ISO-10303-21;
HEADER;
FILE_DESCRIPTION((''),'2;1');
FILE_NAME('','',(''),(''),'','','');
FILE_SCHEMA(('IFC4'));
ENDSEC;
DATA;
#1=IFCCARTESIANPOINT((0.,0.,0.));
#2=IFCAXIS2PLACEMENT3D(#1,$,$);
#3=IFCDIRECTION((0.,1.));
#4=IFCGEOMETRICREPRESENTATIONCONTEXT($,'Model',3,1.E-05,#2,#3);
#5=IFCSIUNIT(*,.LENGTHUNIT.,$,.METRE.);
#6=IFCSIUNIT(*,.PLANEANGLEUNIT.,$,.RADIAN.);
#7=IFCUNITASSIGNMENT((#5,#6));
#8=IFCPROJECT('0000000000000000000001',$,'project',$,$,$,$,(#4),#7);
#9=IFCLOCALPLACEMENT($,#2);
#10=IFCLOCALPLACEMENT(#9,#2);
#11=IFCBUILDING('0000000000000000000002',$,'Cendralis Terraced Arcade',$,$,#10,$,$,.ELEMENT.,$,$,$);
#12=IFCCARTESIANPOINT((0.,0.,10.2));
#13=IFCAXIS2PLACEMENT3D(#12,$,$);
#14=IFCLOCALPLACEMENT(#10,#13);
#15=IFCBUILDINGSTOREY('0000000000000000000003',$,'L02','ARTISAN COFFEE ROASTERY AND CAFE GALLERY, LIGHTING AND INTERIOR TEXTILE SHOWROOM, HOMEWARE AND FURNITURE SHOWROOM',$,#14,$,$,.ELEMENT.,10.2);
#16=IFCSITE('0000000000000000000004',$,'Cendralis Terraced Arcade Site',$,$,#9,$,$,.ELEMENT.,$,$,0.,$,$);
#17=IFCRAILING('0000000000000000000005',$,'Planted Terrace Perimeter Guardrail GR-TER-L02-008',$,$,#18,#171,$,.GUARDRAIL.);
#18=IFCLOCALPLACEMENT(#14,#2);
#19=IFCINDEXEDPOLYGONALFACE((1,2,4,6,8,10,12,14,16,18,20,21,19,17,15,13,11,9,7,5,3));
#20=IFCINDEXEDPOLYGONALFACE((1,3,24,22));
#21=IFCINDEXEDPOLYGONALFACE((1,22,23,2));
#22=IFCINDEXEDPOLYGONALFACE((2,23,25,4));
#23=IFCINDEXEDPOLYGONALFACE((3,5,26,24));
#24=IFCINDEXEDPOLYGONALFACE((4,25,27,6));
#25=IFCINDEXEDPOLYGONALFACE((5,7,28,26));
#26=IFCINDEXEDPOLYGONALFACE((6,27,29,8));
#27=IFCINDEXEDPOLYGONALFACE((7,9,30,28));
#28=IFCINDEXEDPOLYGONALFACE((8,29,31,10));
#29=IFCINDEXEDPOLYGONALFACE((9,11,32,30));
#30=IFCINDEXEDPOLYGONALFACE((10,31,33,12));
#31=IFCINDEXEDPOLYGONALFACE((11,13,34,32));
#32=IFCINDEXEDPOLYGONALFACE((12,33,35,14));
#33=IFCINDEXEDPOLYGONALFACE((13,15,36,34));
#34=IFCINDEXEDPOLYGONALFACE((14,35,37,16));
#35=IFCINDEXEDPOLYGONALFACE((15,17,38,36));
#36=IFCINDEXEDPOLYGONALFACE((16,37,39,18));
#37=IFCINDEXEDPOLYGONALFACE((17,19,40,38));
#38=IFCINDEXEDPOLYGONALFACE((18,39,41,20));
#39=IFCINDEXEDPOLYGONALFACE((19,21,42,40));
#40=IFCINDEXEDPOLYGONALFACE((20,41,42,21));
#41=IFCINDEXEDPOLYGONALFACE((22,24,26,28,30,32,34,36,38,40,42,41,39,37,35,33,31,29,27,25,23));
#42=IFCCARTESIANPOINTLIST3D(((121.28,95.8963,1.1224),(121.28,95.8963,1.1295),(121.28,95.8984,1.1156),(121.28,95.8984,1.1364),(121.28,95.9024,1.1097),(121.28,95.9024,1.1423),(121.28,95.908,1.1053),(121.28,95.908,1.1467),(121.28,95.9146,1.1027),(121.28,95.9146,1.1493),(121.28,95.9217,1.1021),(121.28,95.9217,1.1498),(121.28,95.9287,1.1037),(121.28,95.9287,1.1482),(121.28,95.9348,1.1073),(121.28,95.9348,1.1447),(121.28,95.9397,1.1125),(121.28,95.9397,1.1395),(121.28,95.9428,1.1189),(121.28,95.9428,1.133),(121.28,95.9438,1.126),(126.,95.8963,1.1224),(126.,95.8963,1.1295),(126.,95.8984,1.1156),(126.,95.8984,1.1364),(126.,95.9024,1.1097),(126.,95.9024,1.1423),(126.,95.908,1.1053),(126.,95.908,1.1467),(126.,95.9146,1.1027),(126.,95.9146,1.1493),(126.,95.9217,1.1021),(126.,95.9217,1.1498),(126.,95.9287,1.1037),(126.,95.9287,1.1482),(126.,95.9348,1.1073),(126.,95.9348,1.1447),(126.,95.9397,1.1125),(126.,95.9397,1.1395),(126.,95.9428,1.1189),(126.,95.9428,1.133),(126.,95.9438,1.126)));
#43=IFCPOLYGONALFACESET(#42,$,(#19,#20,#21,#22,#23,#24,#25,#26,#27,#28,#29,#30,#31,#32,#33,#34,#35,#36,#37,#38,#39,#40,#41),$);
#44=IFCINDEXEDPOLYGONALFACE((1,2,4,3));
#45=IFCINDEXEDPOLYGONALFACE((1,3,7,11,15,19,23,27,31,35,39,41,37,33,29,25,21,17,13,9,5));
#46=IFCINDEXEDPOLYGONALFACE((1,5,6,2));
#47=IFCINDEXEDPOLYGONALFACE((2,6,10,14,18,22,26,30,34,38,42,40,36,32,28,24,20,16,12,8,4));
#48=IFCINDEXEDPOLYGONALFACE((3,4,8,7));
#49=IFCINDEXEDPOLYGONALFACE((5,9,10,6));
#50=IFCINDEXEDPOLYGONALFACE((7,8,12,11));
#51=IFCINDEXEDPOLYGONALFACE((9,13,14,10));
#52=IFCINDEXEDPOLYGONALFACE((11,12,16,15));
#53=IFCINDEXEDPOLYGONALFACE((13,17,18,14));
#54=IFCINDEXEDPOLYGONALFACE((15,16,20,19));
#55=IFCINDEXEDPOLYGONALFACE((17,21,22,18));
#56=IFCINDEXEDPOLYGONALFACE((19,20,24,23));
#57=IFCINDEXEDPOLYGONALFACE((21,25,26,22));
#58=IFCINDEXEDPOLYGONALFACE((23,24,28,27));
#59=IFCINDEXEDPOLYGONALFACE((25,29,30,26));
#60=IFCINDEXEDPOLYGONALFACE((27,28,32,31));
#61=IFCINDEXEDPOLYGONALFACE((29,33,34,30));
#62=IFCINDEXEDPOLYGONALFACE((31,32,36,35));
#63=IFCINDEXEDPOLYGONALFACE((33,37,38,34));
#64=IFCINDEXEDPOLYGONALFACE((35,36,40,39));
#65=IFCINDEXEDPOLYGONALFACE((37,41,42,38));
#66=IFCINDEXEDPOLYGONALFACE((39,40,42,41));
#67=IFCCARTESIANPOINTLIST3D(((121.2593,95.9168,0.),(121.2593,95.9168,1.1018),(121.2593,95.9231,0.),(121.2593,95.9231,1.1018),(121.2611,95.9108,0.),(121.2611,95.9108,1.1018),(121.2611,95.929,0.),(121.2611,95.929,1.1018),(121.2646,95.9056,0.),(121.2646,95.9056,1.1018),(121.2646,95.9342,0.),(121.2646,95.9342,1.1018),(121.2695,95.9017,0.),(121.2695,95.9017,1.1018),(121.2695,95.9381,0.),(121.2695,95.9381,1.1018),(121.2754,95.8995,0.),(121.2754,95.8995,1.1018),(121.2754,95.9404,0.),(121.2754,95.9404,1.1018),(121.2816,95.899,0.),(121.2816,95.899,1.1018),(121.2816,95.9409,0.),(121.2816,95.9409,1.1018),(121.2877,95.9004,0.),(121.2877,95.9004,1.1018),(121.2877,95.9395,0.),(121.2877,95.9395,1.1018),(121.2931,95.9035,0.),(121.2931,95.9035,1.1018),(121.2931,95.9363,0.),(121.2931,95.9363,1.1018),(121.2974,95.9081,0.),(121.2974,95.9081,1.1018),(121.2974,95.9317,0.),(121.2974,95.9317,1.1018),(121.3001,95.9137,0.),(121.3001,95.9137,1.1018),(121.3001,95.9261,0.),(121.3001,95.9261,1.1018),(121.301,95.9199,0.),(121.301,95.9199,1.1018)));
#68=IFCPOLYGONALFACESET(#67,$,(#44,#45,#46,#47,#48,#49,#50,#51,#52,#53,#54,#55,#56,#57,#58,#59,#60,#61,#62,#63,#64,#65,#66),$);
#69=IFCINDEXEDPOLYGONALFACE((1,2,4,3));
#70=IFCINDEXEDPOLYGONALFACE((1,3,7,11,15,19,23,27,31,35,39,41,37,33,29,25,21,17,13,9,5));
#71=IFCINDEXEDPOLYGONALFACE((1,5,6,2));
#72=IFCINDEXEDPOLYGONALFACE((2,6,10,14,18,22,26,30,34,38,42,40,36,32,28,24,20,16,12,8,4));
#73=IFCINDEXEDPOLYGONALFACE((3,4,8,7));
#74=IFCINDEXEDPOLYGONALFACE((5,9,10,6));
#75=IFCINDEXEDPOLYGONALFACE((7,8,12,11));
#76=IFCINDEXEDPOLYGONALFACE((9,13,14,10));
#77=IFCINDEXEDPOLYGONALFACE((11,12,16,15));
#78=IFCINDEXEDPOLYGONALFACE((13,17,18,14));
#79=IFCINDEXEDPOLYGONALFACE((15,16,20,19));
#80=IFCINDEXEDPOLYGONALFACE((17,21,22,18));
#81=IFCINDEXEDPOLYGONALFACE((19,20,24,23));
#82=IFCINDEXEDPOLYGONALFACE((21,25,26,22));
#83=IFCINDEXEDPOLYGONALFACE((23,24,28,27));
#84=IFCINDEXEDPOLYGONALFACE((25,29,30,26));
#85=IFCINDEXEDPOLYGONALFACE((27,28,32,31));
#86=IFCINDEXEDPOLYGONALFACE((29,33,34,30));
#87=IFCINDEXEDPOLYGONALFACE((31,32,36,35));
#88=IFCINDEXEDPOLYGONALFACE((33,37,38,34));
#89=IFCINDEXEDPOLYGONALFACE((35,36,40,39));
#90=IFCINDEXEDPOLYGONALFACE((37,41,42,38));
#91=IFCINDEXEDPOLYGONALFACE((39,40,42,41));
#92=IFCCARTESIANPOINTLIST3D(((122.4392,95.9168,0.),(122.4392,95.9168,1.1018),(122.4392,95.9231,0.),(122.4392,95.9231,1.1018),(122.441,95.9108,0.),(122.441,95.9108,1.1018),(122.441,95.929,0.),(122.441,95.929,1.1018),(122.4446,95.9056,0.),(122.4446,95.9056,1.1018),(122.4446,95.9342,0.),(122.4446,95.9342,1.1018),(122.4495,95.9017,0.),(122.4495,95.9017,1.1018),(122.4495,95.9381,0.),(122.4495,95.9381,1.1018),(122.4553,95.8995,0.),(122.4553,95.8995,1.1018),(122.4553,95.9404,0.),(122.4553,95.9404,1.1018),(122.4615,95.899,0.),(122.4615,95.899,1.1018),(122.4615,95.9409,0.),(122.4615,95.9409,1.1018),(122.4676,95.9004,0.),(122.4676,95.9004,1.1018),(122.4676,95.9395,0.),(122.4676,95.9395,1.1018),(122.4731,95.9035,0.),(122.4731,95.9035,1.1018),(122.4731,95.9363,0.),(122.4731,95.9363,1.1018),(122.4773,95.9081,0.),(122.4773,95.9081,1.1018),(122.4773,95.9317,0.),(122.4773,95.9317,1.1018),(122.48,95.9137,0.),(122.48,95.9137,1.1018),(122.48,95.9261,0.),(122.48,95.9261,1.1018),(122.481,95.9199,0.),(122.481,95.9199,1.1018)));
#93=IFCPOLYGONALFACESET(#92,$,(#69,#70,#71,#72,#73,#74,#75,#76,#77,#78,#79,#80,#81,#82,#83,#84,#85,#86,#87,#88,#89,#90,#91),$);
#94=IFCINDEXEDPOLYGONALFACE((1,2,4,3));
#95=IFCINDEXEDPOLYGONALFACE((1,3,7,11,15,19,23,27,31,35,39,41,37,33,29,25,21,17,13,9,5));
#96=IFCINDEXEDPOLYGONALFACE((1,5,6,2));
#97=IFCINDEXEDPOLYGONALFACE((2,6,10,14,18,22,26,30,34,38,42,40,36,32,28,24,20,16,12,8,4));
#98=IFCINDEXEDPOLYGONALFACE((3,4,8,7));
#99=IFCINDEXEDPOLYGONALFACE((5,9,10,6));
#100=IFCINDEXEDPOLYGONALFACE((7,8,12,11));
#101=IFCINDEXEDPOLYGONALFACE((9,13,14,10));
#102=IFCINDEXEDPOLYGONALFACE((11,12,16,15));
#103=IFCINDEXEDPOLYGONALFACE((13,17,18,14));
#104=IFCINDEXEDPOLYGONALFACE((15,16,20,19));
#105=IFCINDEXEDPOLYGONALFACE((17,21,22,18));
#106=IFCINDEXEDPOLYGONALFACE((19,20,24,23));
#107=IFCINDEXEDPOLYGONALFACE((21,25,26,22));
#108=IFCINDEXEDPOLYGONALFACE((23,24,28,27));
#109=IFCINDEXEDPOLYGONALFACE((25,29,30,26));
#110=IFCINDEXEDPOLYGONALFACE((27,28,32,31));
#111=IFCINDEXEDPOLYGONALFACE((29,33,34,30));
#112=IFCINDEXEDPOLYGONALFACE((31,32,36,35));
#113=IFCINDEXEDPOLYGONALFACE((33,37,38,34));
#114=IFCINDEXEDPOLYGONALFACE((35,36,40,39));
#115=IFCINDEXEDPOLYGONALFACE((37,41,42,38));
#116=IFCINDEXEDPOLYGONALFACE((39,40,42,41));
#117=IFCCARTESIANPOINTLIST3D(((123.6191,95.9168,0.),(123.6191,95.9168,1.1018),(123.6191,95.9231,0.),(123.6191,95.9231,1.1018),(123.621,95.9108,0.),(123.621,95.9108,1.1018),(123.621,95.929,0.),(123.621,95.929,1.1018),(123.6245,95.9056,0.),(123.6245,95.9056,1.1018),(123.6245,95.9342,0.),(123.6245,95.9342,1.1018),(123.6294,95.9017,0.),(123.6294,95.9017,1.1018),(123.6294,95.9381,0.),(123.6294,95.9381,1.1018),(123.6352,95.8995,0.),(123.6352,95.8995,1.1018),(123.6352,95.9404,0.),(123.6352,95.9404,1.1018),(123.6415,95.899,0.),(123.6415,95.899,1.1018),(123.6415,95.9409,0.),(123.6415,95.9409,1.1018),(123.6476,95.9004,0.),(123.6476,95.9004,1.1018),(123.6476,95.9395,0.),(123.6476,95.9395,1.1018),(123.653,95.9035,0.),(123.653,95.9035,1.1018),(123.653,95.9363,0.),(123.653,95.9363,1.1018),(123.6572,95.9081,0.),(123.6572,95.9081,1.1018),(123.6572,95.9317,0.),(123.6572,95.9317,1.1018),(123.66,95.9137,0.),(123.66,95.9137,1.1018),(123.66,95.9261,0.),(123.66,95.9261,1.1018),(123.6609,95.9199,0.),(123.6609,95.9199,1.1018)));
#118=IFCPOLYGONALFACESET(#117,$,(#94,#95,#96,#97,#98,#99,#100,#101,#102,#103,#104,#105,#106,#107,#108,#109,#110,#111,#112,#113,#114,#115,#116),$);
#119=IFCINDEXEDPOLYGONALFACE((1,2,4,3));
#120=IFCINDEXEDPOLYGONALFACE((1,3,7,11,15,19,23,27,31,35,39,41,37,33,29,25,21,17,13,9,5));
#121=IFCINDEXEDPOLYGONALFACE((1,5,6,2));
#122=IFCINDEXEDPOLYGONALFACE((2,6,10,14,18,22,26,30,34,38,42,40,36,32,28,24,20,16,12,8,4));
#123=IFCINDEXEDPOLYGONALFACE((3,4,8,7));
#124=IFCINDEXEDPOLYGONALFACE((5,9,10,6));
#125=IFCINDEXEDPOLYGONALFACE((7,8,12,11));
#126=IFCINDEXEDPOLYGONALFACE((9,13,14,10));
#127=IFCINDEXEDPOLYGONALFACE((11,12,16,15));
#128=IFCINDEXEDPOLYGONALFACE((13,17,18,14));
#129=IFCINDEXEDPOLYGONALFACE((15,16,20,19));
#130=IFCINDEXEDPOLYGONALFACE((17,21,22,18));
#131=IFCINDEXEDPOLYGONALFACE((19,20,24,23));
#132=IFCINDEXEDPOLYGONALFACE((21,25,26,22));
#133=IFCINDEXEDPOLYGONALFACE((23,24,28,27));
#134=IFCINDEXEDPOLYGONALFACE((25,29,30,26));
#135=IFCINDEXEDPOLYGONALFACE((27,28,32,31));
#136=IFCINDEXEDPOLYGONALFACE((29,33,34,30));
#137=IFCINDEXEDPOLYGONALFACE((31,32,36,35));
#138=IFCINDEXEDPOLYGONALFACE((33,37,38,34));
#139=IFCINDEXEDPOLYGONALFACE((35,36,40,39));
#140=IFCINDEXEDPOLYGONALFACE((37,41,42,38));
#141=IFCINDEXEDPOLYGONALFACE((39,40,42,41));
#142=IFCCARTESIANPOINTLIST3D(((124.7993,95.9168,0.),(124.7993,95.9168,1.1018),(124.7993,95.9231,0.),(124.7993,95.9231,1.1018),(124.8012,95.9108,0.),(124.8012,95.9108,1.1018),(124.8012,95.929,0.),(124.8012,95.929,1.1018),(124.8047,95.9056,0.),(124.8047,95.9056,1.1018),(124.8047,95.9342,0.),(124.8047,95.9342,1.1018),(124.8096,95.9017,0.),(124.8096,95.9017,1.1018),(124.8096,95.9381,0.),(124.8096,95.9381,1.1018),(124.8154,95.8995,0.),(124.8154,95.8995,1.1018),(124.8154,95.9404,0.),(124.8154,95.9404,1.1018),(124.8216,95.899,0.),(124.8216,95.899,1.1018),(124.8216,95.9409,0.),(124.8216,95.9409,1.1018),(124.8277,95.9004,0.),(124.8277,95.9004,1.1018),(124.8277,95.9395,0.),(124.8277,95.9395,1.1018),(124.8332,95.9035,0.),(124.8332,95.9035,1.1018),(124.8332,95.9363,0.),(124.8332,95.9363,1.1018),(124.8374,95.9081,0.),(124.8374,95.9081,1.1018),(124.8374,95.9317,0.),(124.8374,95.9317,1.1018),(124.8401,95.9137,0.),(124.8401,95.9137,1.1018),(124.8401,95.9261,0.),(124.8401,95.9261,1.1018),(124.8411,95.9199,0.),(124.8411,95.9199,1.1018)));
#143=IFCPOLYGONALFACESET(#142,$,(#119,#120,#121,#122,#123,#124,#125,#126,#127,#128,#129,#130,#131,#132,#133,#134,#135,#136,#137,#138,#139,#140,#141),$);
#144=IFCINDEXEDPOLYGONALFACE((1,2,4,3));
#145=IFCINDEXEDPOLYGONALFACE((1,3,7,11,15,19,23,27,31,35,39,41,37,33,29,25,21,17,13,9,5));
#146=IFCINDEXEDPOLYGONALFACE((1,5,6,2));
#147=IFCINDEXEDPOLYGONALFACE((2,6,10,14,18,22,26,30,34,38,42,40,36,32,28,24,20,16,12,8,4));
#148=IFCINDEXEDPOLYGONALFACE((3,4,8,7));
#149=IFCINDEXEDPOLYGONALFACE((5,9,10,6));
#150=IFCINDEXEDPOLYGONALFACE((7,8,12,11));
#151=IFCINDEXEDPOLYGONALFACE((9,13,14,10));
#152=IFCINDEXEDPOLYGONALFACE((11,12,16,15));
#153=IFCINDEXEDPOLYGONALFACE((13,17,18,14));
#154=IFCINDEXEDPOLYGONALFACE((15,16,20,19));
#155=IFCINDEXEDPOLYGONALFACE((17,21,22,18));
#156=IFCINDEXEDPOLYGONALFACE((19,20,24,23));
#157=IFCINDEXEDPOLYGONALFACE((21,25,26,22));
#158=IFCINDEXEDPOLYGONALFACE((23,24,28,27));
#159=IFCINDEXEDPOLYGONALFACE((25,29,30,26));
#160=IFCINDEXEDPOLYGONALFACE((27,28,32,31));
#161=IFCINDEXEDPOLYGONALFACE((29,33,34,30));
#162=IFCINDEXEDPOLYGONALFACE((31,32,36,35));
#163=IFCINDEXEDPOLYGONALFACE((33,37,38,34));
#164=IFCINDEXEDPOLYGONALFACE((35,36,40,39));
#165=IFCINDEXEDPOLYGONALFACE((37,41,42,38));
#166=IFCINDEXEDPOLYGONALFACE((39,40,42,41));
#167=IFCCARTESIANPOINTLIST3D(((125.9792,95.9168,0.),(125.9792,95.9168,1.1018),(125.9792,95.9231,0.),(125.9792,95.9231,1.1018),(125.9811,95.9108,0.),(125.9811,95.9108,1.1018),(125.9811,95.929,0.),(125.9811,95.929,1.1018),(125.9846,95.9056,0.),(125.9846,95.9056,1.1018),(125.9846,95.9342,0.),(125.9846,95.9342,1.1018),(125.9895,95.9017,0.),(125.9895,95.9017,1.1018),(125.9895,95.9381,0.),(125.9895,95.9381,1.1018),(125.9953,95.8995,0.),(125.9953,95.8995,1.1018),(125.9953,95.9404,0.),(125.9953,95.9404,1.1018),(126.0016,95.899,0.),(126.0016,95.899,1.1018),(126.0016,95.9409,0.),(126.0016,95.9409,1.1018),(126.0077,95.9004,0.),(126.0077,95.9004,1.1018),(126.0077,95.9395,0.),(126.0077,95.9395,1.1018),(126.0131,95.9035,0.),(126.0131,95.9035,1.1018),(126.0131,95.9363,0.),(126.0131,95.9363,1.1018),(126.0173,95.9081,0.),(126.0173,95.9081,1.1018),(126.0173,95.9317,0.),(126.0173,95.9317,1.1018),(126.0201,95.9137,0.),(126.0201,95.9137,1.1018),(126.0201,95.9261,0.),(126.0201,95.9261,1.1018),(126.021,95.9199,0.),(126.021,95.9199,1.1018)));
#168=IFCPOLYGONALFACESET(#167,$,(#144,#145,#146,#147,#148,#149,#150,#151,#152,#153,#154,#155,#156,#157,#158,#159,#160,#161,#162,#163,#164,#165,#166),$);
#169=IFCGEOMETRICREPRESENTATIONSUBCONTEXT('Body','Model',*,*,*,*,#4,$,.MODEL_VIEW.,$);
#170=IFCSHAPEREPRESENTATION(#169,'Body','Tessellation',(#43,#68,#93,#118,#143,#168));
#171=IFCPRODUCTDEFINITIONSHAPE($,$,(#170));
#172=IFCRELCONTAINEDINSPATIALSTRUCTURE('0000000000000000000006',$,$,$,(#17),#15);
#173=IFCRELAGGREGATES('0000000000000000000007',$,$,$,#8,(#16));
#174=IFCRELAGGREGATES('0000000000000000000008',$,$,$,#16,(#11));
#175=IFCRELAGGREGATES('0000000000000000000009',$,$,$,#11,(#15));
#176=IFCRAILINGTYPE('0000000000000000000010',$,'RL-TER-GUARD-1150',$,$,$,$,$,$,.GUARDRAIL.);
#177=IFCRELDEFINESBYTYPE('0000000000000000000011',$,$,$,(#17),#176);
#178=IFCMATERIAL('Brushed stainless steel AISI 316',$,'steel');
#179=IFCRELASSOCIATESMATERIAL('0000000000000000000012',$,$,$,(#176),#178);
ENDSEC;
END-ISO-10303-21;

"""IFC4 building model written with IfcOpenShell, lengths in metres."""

from ifc_helpers import new_model, si_unit, direction, frame, origin, origin_2d, place, context, subcontext, project, spatial, circle, extrude, material, type_object, element, save


model = new_model("IFC4")

# Units and contexts
model_context = context("Model", 3, precision=1e-05, world=origin(), true_north=direction((0.0, 1.0)))
body_context = subcontext(model_context, "Body", "Model", "MODEL_VIEW")
ifc_project = project(units=[si_unit("LENGTHUNIT", "METRE"), si_unit("PLANEANGLEUNIT", "RADIAN")], contexts=[model_context])

# Site, building, storey
site_placement = place(None, origin())
site = spatial("IfcSite", under=ifc_project, at=site_placement, Name="Cendralis Terraced Arcade Site", CompositionType="ELEMENT", RefElevation=0.0)
building_placement = place(site_placement, origin())
building = spatial("IfcBuilding", under=site, at=building_placement, Name="Cendralis Terraced Arcade", CompositionType="ELEMENT")
storey_placement = place(building_placement, frame((0.0, 0.0, 10.2)))
storey = spatial("IfcBuildingStorey", under=building, at=storey_placement, Name="L02", Description="ARTISAN COFFEE ROASTERY AND CAFE GALLERY, LIGHTING AND INTERIOR TEXTILE SHOWROOM, HOMEWARE AND FURNITURE SHOWROOM", CompositionType="ELEMENT", Elevation=10.2)

# Railing
ifc_material_1 = material(Name="Brushed stainless steel AISI 316", Category="steel")
railing_type = type_object("IfcRailingType", Name="RL-TER-GUARD-1150", PredefinedType="GUARDRAIL", material=ifc_material_1)
railing_placement = place(storey_placement, frame((121.28, 95.9199, 0.0)))
element("IfcRailing", 1, at=railing_placement, inside=storey, type_object=railing_type, Name="Planted Terrace Perimeter Guardrail GR-TER-L02-008", PredefinedType="GUARDRAIL", context=body_context, shape_type="SweptSolid", body=[
    extrude(circle(Radius=0.0239, at=origin_2d()), frame((0.0, 0.0, 1.126), z_axis=(1.0, 0.0, 0.0), x_axis=(0.0, 1.0, 0.0)), (0.0, 0.0, 1.0), 4.72),
    extrude(circle(Radius=0.021, at=origin_2d()), origin(), (0.0, 0.0, 1.0), 1.1018),
    extrude(circle(Radius=0.021, at=origin_2d()), frame((1.1799, 0.0, 0.0)), (0.0, 0.0, 1.0), 1.1018),
    extrude(circle(Radius=0.021, at=origin_2d()), frame((2.3599, 0.0, 0.0)), (0.0, 0.0, 1.0), 1.1018),
    extrude(circle(Radius=0.021, at=origin_2d()), frame((3.54, 0.0, 0.0)), (0.0, 0.0, 1.0), 1.1018),
    extrude(circle(Radius=0.021, at=origin_2d()), frame((4.72, 0.0, 0.0)), (0.0, 0.0, 1.0), 1.1018),
])

save(model, "model.ifc")
